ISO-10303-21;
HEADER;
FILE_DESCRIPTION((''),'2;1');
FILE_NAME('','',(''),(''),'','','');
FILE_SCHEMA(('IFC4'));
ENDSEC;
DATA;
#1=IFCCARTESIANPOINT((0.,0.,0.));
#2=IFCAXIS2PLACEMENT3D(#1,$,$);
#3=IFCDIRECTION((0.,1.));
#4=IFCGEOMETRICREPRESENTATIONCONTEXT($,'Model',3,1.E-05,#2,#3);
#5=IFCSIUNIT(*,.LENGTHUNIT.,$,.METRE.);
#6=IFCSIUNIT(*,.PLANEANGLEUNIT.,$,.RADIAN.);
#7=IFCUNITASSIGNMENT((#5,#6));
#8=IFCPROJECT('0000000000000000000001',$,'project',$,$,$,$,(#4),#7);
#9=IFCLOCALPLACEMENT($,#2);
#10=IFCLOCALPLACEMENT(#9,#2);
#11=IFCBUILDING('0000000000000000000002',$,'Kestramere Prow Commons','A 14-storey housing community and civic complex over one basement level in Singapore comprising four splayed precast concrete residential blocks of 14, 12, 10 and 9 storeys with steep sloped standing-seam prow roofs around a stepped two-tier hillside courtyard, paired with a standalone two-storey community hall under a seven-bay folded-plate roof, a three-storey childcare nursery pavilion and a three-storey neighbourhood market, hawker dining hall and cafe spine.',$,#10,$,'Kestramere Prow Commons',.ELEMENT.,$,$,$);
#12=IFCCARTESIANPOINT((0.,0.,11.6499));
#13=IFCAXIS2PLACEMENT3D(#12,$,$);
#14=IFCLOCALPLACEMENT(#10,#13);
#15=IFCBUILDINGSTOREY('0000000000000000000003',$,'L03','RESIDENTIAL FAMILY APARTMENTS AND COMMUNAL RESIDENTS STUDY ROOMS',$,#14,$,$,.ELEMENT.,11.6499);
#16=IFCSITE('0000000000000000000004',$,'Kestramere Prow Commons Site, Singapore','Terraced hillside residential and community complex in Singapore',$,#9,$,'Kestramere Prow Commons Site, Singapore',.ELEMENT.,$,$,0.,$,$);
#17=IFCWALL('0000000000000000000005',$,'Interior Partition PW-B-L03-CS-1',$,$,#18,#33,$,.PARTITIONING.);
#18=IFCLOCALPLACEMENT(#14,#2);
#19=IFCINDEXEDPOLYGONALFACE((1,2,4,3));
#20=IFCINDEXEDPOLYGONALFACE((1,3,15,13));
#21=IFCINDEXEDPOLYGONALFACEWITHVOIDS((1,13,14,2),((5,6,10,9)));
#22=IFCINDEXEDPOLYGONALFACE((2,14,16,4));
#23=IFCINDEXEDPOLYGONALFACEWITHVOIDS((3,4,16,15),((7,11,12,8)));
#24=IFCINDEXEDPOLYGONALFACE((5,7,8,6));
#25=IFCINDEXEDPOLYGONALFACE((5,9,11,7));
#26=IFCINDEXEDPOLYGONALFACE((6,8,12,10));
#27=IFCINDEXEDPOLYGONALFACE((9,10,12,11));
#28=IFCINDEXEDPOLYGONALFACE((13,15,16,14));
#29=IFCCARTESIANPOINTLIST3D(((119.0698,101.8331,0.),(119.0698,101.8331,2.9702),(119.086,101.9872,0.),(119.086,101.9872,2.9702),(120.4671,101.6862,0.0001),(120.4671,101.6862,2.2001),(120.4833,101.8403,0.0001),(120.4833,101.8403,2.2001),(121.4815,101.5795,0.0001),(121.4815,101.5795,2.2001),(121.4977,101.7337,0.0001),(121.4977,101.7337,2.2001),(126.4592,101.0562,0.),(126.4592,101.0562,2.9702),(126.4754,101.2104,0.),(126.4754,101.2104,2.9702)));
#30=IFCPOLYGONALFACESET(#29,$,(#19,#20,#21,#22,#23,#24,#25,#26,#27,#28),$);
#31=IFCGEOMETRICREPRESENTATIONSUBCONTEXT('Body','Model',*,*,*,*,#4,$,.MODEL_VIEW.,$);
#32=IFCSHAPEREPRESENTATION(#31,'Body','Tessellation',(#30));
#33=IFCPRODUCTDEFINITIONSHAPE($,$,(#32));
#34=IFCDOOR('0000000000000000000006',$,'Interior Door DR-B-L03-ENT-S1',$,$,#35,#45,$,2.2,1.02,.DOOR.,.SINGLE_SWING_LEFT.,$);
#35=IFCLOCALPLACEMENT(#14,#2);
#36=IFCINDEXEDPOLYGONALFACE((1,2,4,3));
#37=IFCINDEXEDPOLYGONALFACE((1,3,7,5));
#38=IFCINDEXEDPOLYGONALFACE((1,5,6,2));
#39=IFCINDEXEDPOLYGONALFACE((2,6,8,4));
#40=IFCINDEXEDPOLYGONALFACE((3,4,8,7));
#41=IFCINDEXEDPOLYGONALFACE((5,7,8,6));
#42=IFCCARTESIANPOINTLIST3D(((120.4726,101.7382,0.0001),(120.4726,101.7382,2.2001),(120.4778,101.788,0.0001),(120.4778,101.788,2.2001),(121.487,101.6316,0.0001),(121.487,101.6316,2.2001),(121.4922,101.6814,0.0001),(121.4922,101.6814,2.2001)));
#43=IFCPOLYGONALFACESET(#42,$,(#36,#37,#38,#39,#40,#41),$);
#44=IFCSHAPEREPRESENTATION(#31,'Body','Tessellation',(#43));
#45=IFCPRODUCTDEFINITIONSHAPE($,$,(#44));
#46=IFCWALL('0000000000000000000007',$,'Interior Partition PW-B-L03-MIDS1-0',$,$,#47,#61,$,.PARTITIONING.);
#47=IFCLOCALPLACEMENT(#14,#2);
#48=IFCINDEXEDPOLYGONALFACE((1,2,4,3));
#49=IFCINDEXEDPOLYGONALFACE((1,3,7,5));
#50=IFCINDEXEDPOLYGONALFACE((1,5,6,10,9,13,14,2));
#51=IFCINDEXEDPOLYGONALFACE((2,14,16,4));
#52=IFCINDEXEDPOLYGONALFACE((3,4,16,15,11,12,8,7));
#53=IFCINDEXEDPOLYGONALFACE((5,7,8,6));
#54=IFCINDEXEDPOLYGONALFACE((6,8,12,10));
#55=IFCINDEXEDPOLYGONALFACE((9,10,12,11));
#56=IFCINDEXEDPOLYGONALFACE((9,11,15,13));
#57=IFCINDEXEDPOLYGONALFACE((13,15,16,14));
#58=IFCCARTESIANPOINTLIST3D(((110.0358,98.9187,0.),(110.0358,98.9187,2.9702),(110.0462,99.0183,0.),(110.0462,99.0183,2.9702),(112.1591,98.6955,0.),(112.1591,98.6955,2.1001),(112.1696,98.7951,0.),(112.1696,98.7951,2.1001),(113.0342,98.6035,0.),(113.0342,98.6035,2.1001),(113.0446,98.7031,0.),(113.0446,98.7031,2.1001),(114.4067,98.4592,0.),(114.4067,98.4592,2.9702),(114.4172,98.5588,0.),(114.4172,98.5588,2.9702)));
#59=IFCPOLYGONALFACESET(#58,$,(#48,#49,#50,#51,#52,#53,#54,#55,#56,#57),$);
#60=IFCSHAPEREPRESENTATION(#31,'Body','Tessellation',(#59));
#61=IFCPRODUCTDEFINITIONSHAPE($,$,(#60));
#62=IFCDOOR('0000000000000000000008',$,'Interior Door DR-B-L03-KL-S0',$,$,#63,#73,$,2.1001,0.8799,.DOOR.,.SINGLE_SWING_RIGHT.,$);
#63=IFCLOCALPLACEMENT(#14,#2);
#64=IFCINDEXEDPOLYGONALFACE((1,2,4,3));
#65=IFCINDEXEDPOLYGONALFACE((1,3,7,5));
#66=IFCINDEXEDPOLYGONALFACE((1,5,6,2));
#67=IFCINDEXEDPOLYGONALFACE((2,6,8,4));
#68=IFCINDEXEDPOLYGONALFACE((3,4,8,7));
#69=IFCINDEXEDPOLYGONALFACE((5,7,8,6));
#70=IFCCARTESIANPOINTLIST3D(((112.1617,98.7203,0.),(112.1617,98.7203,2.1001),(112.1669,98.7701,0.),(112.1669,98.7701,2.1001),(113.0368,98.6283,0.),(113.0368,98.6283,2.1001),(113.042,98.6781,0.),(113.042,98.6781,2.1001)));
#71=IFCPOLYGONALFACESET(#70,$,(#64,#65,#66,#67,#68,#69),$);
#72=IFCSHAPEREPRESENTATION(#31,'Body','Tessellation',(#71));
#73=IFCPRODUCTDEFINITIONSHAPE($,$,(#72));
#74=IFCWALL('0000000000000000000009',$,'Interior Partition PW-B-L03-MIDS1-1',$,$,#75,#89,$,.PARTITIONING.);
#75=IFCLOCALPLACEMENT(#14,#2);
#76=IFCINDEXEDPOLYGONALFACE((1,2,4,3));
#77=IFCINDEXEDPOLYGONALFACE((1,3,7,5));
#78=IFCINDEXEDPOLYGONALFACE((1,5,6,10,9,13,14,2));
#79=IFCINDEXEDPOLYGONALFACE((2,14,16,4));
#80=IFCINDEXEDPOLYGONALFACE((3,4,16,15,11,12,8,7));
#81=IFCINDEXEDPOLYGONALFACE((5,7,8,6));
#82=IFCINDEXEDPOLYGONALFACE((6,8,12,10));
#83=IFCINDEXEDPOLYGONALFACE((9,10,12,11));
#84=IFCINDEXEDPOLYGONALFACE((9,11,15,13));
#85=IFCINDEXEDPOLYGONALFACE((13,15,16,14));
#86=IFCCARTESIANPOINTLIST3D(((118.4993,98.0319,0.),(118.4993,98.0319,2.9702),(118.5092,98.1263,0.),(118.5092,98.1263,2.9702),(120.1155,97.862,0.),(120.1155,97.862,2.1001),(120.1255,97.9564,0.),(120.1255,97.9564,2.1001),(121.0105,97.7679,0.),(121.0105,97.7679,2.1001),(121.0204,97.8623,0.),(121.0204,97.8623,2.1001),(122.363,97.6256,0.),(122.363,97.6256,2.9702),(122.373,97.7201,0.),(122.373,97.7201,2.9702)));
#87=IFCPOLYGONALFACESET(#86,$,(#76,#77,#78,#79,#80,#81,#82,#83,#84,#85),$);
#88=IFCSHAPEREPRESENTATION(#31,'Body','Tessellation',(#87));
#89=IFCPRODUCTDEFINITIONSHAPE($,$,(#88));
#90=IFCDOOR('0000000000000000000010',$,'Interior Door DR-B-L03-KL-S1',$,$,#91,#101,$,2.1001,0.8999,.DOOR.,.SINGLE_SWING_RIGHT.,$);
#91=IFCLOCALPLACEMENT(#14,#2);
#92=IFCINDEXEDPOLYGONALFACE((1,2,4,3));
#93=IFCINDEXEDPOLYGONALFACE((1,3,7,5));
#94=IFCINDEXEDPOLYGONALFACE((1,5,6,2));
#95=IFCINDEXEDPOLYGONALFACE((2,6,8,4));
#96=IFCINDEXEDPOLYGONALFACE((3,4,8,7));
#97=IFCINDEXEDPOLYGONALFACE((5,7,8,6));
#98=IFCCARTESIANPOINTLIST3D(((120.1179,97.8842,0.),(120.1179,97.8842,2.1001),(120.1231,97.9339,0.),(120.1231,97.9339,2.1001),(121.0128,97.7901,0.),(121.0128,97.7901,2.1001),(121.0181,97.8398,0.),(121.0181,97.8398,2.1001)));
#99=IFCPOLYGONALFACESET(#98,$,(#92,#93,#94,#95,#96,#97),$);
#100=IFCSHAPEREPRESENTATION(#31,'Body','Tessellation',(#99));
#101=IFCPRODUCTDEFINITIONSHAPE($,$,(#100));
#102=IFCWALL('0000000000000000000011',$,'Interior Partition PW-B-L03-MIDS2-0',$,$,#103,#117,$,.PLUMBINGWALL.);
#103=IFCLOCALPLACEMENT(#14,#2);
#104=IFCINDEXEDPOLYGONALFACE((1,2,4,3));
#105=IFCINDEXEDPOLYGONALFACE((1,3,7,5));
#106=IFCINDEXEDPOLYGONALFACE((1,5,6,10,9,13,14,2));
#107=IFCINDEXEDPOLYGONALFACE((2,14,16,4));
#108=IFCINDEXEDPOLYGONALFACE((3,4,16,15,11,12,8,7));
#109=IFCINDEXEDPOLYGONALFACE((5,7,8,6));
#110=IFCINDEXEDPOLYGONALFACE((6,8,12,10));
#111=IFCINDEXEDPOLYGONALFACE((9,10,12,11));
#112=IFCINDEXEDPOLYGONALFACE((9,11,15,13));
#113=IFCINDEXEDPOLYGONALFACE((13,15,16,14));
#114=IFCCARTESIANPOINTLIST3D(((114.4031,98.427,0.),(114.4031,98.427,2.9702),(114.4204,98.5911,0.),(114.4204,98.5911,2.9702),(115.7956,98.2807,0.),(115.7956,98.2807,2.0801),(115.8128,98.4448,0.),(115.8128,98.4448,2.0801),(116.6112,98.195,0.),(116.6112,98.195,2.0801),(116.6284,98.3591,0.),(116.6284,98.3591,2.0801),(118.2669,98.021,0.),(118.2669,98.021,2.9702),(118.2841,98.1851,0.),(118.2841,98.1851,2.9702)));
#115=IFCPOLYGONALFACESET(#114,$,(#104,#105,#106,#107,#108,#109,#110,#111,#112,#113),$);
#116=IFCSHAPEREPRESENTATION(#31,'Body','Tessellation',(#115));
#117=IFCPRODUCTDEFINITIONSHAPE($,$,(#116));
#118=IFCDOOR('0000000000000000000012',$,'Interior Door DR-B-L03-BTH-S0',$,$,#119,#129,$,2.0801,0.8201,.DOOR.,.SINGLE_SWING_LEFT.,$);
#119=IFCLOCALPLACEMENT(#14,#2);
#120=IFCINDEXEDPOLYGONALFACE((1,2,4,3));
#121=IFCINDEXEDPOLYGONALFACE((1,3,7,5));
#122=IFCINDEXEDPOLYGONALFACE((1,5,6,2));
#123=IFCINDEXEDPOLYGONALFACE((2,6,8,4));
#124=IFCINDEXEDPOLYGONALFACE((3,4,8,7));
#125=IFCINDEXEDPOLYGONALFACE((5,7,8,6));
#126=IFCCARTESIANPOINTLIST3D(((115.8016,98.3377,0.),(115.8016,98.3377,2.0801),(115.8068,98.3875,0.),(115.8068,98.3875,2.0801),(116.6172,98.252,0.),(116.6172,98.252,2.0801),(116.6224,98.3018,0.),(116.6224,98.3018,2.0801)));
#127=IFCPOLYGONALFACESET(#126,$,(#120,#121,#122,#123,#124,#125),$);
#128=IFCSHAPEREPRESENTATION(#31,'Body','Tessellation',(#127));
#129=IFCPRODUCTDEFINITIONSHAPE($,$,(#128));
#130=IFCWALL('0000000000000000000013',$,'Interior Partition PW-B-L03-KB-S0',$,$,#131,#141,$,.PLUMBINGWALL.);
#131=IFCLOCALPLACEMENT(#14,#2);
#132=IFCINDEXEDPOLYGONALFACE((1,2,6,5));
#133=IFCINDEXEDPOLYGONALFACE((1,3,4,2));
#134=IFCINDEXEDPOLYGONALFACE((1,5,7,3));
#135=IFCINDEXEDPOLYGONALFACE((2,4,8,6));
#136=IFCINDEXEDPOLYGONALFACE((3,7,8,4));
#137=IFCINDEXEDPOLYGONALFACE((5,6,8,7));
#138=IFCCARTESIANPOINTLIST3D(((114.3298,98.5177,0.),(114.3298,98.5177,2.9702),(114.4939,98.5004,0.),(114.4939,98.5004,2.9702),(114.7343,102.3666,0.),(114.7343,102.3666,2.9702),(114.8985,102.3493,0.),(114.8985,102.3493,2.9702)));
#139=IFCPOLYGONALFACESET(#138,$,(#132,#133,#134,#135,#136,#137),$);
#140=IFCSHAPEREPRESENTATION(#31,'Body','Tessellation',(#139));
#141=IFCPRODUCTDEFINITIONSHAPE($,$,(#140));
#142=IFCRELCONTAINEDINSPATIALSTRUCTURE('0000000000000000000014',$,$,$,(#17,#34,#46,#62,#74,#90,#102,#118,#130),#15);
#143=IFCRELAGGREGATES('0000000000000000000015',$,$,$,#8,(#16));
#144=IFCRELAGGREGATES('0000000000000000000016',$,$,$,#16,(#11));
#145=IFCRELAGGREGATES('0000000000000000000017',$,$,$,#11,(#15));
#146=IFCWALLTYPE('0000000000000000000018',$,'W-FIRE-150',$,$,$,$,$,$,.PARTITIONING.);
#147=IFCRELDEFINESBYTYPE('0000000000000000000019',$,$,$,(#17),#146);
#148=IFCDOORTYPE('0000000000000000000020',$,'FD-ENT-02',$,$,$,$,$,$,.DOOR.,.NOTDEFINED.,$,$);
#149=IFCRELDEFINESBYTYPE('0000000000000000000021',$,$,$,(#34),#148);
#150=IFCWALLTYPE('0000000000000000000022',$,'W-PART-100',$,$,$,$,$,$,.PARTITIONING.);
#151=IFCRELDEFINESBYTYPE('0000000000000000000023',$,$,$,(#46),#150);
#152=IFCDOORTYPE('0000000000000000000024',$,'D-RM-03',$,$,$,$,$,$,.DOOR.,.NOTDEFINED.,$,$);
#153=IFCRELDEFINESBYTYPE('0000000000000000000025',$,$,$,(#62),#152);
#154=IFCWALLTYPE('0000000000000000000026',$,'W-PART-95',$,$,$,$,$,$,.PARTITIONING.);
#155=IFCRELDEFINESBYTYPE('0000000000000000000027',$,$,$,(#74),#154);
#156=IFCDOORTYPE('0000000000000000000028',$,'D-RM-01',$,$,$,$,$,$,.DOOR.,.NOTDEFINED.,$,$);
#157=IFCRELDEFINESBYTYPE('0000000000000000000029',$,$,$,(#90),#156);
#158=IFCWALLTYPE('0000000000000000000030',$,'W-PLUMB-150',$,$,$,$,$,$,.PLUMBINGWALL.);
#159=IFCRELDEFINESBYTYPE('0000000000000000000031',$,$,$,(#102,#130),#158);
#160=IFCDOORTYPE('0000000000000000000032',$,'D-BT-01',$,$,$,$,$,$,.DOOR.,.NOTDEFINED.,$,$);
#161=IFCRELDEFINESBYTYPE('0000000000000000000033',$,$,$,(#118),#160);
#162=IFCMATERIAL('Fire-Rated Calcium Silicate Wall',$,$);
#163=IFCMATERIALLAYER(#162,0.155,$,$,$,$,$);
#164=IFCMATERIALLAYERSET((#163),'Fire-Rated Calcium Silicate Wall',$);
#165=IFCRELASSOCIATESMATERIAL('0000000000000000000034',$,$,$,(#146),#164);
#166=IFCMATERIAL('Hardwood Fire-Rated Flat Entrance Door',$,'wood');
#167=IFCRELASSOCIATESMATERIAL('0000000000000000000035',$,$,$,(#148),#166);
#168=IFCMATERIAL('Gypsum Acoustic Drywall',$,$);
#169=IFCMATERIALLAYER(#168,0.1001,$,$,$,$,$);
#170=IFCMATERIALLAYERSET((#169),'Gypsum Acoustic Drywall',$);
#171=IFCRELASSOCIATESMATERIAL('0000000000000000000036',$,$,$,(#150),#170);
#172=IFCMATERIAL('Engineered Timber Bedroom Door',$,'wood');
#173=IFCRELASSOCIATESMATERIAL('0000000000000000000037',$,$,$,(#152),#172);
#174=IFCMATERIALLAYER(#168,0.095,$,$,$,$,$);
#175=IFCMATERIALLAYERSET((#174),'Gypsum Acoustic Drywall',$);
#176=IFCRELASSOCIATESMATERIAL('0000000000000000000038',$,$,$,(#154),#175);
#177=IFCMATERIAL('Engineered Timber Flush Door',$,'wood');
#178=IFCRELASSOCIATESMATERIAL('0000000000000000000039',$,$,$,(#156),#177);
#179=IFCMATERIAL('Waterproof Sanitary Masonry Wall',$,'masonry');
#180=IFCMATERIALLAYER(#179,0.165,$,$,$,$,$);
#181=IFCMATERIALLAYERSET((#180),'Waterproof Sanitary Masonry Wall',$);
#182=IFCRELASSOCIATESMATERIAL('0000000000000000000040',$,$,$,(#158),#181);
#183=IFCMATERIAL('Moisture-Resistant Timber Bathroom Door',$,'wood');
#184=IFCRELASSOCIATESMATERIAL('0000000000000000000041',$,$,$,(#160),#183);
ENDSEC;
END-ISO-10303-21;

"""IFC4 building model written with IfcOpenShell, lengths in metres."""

from ifc_helpers import new_model, si_unit, direction, frame, frame_2d, origin, place, context, subcontext, project, spatial, rectangle, extrude, material, layer, layer_set, type_object, element, fill, save


model = new_model("IFC4")

# Units and contexts
model_context = context("Model", 3, precision=1e-05, world=origin(), true_north=direction((0.0, 1.0)))
body_context = subcontext(model_context, "Body", "Model", "MODEL_VIEW")
ifc_project = project(units=[si_unit("LENGTHUNIT", "METRE"), si_unit("PLANEANGLEUNIT", "RADIAN")], contexts=[model_context])

# Site, building, storey
site_placement = place(None, origin())
site = spatial("IfcSite", under=ifc_project, at=site_placement, Name="Kestramere Prow Commons Site, Singapore", Description="Terraced hillside residential and community complex in Singapore", LongName="Kestramere Prow Commons Site, Singapore", CompositionType="ELEMENT", RefElevation=0.0)
building_placement = place(site_placement, origin())
building = spatial("IfcBuilding", under=site, at=building_placement, Name="Kestramere Prow Commons", Description="A 14-storey housing community and civic complex over one basement level in Singapore comprising four splayed precast concrete residential blocks of 14, 12, 10 and 9 storeys with steep sloped standing-seam prow roofs around a stepped two-tier hillside courtyard, paired with a standalone two-storey community hall under a seven-bay folded-plate roof, a three-storey childcare nursery pavilion and a three-storey neighbourhood market, hawker dining hall and cafe spine.", LongName="Kestramere Prow Commons", CompositionType="ELEMENT")
storey_placement = place(building_placement, frame((0.0, 0.0, 11.6499)))
storey = spatial("IfcBuildingStorey", under=building, at=storey_placement, Name="L03", Description="RESIDENTIAL FAMILY APARTMENTS AND COMMUNAL RESIDENTS STUDY ROOMS", CompositionType="ELEMENT", Elevation=11.6499)

# Walls, openings, doors
ifc_material_1 = material(Name="Fire-Rated Calcium Silicate Wall")
ifc_layer_1 = layer(ifc_material_1, 0.155)
ifc_layer_set_1 = layer_set([ifc_layer_1], Name="Fire-Rated Calcium Silicate Wall")
wall_type_1 = type_object("IfcWallType", Name="W-FIRE-150", PredefinedType="PARTITIONING", material=ifc_layer_set_1)
wall_1_placement = place(storey_placement, frame((119.0779, 101.9102, 0.0), z_axis=(0.0, 0.0, 1.0), x_axis=(0.994519, -0.104555, 0.0)))
wall_1 = element("IfcWall", 1, at=wall_1_placement, inside=storey, type_object=wall_type_1, Name="Interior Partition PW-B-L03-CS-1", PredefinedType="PARTITIONING", context=body_context, shape_type="SweptSolid", body=[
    extrude(rectangle(XDim=7.4302, YDim=0.155, at=frame_2d((3.7151, 0.0))), origin(), (0.0, 0.0, 1.0), 2.9702),
])
opening_1_placement = place(wall_1_placement, frame((1.405, 0.0, 0.0)))
opening_1 = element("IfcOpeningElement", 2, at=opening_1_placement, cuts=wall_1, PredefinedType="OPENING", context=body_context, shape_type="SweptSolid", body=[
    extrude(rectangle(XDim=1.02, YDim=2.2, at=frame_2d((0.51, 1.1001))), frame((0.0, 0.0925, 0.0), z_axis=(0.0, -1.0, 0.0), x_axis=(1.0, 0.0, 0.0)), (0.0, 0.0, 1.0), 0.1851),
])
ifc_material_2 = material(Name="Hardwood Fire-Rated Flat Entrance Door", Category="wood")
door_type_1 = type_object("IfcDoorType", Name="FD-ENT-02", OperationType="NOTDEFINED", PredefinedType="DOOR", material=ifc_material_2)
door_1_placement = place(opening_1_placement, origin())
door_1 = element("IfcDoor", 3, at=door_1_placement, inside=storey, type_object=door_type_1, Name="Interior Door DR-B-L03-ENT-S1", OperationType="SINGLE_SWING_LEFT", OverallHeight=2.2, OverallWidth=1.02, PredefinedType="DOOR", context=body_context, shape_type="SweptSolid", body=[
    extrude(rectangle(XDim=1.02, YDim=2.2, at=frame_2d((0.51, 1.1001))), frame((0.0, 0.0249, 0.0), z_axis=(0.0, -1.0, 0.0), x_axis=(1.0, 0.0, 0.0)), (0.0, 0.0, 1.0), 0.05),
])
fill(opening_1, door_1)
ifc_material_3 = material(Name="Gypsum Acoustic Drywall")
ifc_layer_2 = layer(ifc_material_3, 0.1001)
ifc_layer_set_2 = layer_set([ifc_layer_2], Name="Gypsum Acoustic Drywall")
wall_type_2 = type_object("IfcWallType", Name="W-PART-100", PredefinedType="PARTITIONING", material=ifc_layer_set_2)
wall_2_placement = place(storey_placement, frame((110.041, 98.9685, 0.0), z_axis=(0.0, 0.0, 1.0), x_axis=(0.99452, -0.104546, 0.0)))
wall_2 = element("IfcWall", 4, at=wall_2_placement, inside=storey, type_object=wall_type_2, Name="Interior Partition PW-B-L03-MIDS1-0", PredefinedType="PARTITIONING", context=body_context, shape_type="SweptSolid", body=[
    extrude(rectangle(XDim=4.395, YDim=0.1001, at=frame_2d((2.1975, 0.0))), origin(), (0.0, 0.0, 1.0), 2.9702),
])
opening_2_placement = place(wall_2_placement, frame((2.135, 0.0, 0.0)))
opening_2 = element("IfcOpeningElement", 5, at=opening_2_placement, cuts=wall_2, PredefinedType="OPENING", context=body_context, shape_type="SweptSolid", body=[
    extrude(rectangle(XDim=0.8799, YDim=2.1001, at=frame_2d((0.4399, 1.05))), frame((0.0, 0.0649, 0.0), z_axis=(0.0, -1.0, 0.0), x_axis=(1.0, 0.0, 0.0)), (0.0, 0.0, 1.0), 0.1301),
])
ifc_material_4 = material(Name="Engineered Timber Bedroom Door", Category="wood")
door_type_2 = type_object("IfcDoorType", Name="D-RM-03", OperationType="NOTDEFINED", PredefinedType="DOOR", material=ifc_material_4)
door_2_placement = place(opening_2_placement, origin())
door_2 = element("IfcDoor", 6, at=door_2_placement, inside=storey, type_object=door_type_2, Name="Interior Door DR-B-L03-KL-S0", OperationType="SINGLE_SWING_RIGHT", OverallHeight=2.1001, OverallWidth=0.8799, PredefinedType="DOOR", context=body_context, shape_type="SweptSolid", body=[
    extrude(rectangle(XDim=0.8799, YDim=2.1001, at=frame_2d((0.4399, 1.05))), frame((0.0, 0.0249, 0.0), z_axis=(0.0, -1.0, 0.0), x_axis=(1.0, 0.0, 0.0)), (0.0, 0.0, 1.0), 0.05),
])
fill(opening_2, door_2)
ifc_layer_3 = layer(ifc_material_3, 0.095)
ifc_layer_set_3 = layer_set([ifc_layer_3], Name="Gypsum Acoustic Drywall")
wall_type_3 = type_object("IfcWallType", Name="W-PART-95", PredefinedType="PARTITIONING", material=ifc_layer_set_3)
wall_3_placement = place(storey_placement, frame((118.5044, 98.0791, 0.0), z_axis=(0.0, 0.0, 1.0), x_axis=(0.994518, -0.104567, 0.0)))
wall_3 = element("IfcWall", 7, at=wall_3_placement, inside=storey, type_object=wall_type_3, Name="Interior Partition PW-B-L03-MIDS1-1", PredefinedType="PARTITIONING", context=body_context, shape_type="SweptSolid", body=[
    extrude(rectangle(XDim=3.885, YDim=0.095, at=frame_2d((1.9424, 0.0))), origin(), (0.0, 0.0, 1.0), 2.9702),
])
opening_3_placement = place(wall_3_placement, frame((1.625, 0.0, 0.0)))
opening_3 = element("IfcOpeningElement", 8, at=opening_3_placement, cuts=wall_3, PredefinedType="OPENING", context=body_context, shape_type="SweptSolid", body=[
    extrude(rectangle(XDim=0.8999, YDim=2.1001, at=frame_2d((0.45, 1.05))), frame((0.0, 0.0625, 0.0), z_axis=(0.0, -1.0, 0.0), x_axis=(1.0, 0.0, 0.0)), (0.0, 0.0, 1.0), 0.125),
])
ifc_material_5 = material(Name="Engineered Timber Flush Door", Category="wood")
door_type_3 = type_object("IfcDoorType", Name="D-RM-01", OperationType="NOTDEFINED", PredefinedType="DOOR", material=ifc_material_5)
door_3_placement = place(opening_3_placement, origin())
door_3 = element("IfcDoor", 9, at=door_3_placement, inside=storey, type_object=door_type_3, Name="Interior Door DR-B-L03-KL-S1", OperationType="SINGLE_SWING_RIGHT", OverallHeight=2.1001, OverallWidth=0.8999, PredefinedType="DOOR", context=body_context, shape_type="SweptSolid", body=[
    extrude(rectangle(XDim=0.8999, YDim=2.1001, at=frame_2d((0.45, 1.05))), frame((0.0, 0.0249, 0.0), z_axis=(0.0, -1.0, 0.0), x_axis=(1.0, 0.0, 0.0)), (0.0, 0.0, 1.0), 0.05),
])
fill(opening_3, door_3)
ifc_material_6 = material(Name="Waterproof Sanitary Masonry Wall", Category="masonry")
ifc_layer_4 = layer(ifc_material_6, 0.165)
ifc_layer_set_4 = layer_set([ifc_layer_4], Name="Waterproof Sanitary Masonry Wall")
wall_type_4 = type_object("IfcWallType", Name="W-PLUMB-150", PredefinedType="PLUMBINGWALL", material=ifc_layer_set_4)
wall_4_placement = place(storey_placement, frame((114.4119, 98.509, 0.0), z_axis=(0.0, 0.0, 1.0), x_axis=(0.994524, -0.104505, 0.0)))
wall_4 = element("IfcWall", 10, at=wall_4_placement, inside=storey, type_object=wall_type_4, Name="Interior Partition PW-B-L03-MIDS2-0", PredefinedType="PLUMBINGWALL", context=body_context, shape_type="SweptSolid", body=[
    extrude(rectangle(XDim=3.885, YDim=0.165, at=frame_2d((1.9424, 0.0))), origin(), (0.0, 0.0, 1.0), 2.9702),
])
opening_4_placement = place(wall_4_placement, frame((1.3999, 0.0, 0.0)))
opening_4 = element("IfcOpeningElement", 11, at=opening_4_placement, cuts=wall_4, PredefinedType="OPENING", context=body_context, shape_type="SweptSolid", body=[
    extrude(rectangle(XDim=0.8201, YDim=2.0801, at=frame_2d((0.4102, 1.04))), frame((0.0, 0.0974, 0.0), z_axis=(0.0, -1.0, 0.0), x_axis=(1.0, 0.0, 0.0)), (0.0, 0.0, 1.0), 0.1951),
])
ifc_material_7 = material(Name="Moisture-Resistant Timber Bathroom Door", Category="wood")
door_type_4 = type_object("IfcDoorType", Name="D-BT-01", OperationType="NOTDEFINED", PredefinedType="DOOR", material=ifc_material_7)
door_4_placement = place(opening_4_placement, origin())
door_4 = element("IfcDoor", 12, at=door_4_placement, inside=storey, type_object=door_type_4, Name="Interior Door DR-B-L03-BTH-S0", OperationType="SINGLE_SWING_LEFT", OverallHeight=2.0801, OverallWidth=0.8201, PredefinedType="DOOR", context=body_context, shape_type="SweptSolid", body=[
    extrude(rectangle(XDim=0.8201, YDim=2.0801, at=frame_2d((0.4102, 1.04))), frame((0.0, 0.0249, 0.0), z_axis=(0.0, -1.0, 0.0), x_axis=(1.0, 0.0, 0.0)), (0.0, 0.0, 1.0), 0.05),
])
fill(opening_4, door_4)

# Wall
wall_5_placement = place(storey_placement, frame((114.4119, 98.509, 0.0), z_axis=(0.0, 0.0, 1.0), x_axis=(0.10453, 0.994522, 0.0)))
element("IfcWall", 13, at=wall_5_placement, inside=storey, type_object=wall_type_4, Name="Interior Partition PW-B-L03-KB-S0", PredefinedType="PLUMBINGWALL", context=body_context, shape_type="SweptSolid", body=[
    extrude(rectangle(XDim=3.8701, YDim=0.165, at=frame_2d((1.9351, 0.0))), origin(), (0.0, 0.0, 1.0), 2.9702),
])

save(model, "model.ifc")
